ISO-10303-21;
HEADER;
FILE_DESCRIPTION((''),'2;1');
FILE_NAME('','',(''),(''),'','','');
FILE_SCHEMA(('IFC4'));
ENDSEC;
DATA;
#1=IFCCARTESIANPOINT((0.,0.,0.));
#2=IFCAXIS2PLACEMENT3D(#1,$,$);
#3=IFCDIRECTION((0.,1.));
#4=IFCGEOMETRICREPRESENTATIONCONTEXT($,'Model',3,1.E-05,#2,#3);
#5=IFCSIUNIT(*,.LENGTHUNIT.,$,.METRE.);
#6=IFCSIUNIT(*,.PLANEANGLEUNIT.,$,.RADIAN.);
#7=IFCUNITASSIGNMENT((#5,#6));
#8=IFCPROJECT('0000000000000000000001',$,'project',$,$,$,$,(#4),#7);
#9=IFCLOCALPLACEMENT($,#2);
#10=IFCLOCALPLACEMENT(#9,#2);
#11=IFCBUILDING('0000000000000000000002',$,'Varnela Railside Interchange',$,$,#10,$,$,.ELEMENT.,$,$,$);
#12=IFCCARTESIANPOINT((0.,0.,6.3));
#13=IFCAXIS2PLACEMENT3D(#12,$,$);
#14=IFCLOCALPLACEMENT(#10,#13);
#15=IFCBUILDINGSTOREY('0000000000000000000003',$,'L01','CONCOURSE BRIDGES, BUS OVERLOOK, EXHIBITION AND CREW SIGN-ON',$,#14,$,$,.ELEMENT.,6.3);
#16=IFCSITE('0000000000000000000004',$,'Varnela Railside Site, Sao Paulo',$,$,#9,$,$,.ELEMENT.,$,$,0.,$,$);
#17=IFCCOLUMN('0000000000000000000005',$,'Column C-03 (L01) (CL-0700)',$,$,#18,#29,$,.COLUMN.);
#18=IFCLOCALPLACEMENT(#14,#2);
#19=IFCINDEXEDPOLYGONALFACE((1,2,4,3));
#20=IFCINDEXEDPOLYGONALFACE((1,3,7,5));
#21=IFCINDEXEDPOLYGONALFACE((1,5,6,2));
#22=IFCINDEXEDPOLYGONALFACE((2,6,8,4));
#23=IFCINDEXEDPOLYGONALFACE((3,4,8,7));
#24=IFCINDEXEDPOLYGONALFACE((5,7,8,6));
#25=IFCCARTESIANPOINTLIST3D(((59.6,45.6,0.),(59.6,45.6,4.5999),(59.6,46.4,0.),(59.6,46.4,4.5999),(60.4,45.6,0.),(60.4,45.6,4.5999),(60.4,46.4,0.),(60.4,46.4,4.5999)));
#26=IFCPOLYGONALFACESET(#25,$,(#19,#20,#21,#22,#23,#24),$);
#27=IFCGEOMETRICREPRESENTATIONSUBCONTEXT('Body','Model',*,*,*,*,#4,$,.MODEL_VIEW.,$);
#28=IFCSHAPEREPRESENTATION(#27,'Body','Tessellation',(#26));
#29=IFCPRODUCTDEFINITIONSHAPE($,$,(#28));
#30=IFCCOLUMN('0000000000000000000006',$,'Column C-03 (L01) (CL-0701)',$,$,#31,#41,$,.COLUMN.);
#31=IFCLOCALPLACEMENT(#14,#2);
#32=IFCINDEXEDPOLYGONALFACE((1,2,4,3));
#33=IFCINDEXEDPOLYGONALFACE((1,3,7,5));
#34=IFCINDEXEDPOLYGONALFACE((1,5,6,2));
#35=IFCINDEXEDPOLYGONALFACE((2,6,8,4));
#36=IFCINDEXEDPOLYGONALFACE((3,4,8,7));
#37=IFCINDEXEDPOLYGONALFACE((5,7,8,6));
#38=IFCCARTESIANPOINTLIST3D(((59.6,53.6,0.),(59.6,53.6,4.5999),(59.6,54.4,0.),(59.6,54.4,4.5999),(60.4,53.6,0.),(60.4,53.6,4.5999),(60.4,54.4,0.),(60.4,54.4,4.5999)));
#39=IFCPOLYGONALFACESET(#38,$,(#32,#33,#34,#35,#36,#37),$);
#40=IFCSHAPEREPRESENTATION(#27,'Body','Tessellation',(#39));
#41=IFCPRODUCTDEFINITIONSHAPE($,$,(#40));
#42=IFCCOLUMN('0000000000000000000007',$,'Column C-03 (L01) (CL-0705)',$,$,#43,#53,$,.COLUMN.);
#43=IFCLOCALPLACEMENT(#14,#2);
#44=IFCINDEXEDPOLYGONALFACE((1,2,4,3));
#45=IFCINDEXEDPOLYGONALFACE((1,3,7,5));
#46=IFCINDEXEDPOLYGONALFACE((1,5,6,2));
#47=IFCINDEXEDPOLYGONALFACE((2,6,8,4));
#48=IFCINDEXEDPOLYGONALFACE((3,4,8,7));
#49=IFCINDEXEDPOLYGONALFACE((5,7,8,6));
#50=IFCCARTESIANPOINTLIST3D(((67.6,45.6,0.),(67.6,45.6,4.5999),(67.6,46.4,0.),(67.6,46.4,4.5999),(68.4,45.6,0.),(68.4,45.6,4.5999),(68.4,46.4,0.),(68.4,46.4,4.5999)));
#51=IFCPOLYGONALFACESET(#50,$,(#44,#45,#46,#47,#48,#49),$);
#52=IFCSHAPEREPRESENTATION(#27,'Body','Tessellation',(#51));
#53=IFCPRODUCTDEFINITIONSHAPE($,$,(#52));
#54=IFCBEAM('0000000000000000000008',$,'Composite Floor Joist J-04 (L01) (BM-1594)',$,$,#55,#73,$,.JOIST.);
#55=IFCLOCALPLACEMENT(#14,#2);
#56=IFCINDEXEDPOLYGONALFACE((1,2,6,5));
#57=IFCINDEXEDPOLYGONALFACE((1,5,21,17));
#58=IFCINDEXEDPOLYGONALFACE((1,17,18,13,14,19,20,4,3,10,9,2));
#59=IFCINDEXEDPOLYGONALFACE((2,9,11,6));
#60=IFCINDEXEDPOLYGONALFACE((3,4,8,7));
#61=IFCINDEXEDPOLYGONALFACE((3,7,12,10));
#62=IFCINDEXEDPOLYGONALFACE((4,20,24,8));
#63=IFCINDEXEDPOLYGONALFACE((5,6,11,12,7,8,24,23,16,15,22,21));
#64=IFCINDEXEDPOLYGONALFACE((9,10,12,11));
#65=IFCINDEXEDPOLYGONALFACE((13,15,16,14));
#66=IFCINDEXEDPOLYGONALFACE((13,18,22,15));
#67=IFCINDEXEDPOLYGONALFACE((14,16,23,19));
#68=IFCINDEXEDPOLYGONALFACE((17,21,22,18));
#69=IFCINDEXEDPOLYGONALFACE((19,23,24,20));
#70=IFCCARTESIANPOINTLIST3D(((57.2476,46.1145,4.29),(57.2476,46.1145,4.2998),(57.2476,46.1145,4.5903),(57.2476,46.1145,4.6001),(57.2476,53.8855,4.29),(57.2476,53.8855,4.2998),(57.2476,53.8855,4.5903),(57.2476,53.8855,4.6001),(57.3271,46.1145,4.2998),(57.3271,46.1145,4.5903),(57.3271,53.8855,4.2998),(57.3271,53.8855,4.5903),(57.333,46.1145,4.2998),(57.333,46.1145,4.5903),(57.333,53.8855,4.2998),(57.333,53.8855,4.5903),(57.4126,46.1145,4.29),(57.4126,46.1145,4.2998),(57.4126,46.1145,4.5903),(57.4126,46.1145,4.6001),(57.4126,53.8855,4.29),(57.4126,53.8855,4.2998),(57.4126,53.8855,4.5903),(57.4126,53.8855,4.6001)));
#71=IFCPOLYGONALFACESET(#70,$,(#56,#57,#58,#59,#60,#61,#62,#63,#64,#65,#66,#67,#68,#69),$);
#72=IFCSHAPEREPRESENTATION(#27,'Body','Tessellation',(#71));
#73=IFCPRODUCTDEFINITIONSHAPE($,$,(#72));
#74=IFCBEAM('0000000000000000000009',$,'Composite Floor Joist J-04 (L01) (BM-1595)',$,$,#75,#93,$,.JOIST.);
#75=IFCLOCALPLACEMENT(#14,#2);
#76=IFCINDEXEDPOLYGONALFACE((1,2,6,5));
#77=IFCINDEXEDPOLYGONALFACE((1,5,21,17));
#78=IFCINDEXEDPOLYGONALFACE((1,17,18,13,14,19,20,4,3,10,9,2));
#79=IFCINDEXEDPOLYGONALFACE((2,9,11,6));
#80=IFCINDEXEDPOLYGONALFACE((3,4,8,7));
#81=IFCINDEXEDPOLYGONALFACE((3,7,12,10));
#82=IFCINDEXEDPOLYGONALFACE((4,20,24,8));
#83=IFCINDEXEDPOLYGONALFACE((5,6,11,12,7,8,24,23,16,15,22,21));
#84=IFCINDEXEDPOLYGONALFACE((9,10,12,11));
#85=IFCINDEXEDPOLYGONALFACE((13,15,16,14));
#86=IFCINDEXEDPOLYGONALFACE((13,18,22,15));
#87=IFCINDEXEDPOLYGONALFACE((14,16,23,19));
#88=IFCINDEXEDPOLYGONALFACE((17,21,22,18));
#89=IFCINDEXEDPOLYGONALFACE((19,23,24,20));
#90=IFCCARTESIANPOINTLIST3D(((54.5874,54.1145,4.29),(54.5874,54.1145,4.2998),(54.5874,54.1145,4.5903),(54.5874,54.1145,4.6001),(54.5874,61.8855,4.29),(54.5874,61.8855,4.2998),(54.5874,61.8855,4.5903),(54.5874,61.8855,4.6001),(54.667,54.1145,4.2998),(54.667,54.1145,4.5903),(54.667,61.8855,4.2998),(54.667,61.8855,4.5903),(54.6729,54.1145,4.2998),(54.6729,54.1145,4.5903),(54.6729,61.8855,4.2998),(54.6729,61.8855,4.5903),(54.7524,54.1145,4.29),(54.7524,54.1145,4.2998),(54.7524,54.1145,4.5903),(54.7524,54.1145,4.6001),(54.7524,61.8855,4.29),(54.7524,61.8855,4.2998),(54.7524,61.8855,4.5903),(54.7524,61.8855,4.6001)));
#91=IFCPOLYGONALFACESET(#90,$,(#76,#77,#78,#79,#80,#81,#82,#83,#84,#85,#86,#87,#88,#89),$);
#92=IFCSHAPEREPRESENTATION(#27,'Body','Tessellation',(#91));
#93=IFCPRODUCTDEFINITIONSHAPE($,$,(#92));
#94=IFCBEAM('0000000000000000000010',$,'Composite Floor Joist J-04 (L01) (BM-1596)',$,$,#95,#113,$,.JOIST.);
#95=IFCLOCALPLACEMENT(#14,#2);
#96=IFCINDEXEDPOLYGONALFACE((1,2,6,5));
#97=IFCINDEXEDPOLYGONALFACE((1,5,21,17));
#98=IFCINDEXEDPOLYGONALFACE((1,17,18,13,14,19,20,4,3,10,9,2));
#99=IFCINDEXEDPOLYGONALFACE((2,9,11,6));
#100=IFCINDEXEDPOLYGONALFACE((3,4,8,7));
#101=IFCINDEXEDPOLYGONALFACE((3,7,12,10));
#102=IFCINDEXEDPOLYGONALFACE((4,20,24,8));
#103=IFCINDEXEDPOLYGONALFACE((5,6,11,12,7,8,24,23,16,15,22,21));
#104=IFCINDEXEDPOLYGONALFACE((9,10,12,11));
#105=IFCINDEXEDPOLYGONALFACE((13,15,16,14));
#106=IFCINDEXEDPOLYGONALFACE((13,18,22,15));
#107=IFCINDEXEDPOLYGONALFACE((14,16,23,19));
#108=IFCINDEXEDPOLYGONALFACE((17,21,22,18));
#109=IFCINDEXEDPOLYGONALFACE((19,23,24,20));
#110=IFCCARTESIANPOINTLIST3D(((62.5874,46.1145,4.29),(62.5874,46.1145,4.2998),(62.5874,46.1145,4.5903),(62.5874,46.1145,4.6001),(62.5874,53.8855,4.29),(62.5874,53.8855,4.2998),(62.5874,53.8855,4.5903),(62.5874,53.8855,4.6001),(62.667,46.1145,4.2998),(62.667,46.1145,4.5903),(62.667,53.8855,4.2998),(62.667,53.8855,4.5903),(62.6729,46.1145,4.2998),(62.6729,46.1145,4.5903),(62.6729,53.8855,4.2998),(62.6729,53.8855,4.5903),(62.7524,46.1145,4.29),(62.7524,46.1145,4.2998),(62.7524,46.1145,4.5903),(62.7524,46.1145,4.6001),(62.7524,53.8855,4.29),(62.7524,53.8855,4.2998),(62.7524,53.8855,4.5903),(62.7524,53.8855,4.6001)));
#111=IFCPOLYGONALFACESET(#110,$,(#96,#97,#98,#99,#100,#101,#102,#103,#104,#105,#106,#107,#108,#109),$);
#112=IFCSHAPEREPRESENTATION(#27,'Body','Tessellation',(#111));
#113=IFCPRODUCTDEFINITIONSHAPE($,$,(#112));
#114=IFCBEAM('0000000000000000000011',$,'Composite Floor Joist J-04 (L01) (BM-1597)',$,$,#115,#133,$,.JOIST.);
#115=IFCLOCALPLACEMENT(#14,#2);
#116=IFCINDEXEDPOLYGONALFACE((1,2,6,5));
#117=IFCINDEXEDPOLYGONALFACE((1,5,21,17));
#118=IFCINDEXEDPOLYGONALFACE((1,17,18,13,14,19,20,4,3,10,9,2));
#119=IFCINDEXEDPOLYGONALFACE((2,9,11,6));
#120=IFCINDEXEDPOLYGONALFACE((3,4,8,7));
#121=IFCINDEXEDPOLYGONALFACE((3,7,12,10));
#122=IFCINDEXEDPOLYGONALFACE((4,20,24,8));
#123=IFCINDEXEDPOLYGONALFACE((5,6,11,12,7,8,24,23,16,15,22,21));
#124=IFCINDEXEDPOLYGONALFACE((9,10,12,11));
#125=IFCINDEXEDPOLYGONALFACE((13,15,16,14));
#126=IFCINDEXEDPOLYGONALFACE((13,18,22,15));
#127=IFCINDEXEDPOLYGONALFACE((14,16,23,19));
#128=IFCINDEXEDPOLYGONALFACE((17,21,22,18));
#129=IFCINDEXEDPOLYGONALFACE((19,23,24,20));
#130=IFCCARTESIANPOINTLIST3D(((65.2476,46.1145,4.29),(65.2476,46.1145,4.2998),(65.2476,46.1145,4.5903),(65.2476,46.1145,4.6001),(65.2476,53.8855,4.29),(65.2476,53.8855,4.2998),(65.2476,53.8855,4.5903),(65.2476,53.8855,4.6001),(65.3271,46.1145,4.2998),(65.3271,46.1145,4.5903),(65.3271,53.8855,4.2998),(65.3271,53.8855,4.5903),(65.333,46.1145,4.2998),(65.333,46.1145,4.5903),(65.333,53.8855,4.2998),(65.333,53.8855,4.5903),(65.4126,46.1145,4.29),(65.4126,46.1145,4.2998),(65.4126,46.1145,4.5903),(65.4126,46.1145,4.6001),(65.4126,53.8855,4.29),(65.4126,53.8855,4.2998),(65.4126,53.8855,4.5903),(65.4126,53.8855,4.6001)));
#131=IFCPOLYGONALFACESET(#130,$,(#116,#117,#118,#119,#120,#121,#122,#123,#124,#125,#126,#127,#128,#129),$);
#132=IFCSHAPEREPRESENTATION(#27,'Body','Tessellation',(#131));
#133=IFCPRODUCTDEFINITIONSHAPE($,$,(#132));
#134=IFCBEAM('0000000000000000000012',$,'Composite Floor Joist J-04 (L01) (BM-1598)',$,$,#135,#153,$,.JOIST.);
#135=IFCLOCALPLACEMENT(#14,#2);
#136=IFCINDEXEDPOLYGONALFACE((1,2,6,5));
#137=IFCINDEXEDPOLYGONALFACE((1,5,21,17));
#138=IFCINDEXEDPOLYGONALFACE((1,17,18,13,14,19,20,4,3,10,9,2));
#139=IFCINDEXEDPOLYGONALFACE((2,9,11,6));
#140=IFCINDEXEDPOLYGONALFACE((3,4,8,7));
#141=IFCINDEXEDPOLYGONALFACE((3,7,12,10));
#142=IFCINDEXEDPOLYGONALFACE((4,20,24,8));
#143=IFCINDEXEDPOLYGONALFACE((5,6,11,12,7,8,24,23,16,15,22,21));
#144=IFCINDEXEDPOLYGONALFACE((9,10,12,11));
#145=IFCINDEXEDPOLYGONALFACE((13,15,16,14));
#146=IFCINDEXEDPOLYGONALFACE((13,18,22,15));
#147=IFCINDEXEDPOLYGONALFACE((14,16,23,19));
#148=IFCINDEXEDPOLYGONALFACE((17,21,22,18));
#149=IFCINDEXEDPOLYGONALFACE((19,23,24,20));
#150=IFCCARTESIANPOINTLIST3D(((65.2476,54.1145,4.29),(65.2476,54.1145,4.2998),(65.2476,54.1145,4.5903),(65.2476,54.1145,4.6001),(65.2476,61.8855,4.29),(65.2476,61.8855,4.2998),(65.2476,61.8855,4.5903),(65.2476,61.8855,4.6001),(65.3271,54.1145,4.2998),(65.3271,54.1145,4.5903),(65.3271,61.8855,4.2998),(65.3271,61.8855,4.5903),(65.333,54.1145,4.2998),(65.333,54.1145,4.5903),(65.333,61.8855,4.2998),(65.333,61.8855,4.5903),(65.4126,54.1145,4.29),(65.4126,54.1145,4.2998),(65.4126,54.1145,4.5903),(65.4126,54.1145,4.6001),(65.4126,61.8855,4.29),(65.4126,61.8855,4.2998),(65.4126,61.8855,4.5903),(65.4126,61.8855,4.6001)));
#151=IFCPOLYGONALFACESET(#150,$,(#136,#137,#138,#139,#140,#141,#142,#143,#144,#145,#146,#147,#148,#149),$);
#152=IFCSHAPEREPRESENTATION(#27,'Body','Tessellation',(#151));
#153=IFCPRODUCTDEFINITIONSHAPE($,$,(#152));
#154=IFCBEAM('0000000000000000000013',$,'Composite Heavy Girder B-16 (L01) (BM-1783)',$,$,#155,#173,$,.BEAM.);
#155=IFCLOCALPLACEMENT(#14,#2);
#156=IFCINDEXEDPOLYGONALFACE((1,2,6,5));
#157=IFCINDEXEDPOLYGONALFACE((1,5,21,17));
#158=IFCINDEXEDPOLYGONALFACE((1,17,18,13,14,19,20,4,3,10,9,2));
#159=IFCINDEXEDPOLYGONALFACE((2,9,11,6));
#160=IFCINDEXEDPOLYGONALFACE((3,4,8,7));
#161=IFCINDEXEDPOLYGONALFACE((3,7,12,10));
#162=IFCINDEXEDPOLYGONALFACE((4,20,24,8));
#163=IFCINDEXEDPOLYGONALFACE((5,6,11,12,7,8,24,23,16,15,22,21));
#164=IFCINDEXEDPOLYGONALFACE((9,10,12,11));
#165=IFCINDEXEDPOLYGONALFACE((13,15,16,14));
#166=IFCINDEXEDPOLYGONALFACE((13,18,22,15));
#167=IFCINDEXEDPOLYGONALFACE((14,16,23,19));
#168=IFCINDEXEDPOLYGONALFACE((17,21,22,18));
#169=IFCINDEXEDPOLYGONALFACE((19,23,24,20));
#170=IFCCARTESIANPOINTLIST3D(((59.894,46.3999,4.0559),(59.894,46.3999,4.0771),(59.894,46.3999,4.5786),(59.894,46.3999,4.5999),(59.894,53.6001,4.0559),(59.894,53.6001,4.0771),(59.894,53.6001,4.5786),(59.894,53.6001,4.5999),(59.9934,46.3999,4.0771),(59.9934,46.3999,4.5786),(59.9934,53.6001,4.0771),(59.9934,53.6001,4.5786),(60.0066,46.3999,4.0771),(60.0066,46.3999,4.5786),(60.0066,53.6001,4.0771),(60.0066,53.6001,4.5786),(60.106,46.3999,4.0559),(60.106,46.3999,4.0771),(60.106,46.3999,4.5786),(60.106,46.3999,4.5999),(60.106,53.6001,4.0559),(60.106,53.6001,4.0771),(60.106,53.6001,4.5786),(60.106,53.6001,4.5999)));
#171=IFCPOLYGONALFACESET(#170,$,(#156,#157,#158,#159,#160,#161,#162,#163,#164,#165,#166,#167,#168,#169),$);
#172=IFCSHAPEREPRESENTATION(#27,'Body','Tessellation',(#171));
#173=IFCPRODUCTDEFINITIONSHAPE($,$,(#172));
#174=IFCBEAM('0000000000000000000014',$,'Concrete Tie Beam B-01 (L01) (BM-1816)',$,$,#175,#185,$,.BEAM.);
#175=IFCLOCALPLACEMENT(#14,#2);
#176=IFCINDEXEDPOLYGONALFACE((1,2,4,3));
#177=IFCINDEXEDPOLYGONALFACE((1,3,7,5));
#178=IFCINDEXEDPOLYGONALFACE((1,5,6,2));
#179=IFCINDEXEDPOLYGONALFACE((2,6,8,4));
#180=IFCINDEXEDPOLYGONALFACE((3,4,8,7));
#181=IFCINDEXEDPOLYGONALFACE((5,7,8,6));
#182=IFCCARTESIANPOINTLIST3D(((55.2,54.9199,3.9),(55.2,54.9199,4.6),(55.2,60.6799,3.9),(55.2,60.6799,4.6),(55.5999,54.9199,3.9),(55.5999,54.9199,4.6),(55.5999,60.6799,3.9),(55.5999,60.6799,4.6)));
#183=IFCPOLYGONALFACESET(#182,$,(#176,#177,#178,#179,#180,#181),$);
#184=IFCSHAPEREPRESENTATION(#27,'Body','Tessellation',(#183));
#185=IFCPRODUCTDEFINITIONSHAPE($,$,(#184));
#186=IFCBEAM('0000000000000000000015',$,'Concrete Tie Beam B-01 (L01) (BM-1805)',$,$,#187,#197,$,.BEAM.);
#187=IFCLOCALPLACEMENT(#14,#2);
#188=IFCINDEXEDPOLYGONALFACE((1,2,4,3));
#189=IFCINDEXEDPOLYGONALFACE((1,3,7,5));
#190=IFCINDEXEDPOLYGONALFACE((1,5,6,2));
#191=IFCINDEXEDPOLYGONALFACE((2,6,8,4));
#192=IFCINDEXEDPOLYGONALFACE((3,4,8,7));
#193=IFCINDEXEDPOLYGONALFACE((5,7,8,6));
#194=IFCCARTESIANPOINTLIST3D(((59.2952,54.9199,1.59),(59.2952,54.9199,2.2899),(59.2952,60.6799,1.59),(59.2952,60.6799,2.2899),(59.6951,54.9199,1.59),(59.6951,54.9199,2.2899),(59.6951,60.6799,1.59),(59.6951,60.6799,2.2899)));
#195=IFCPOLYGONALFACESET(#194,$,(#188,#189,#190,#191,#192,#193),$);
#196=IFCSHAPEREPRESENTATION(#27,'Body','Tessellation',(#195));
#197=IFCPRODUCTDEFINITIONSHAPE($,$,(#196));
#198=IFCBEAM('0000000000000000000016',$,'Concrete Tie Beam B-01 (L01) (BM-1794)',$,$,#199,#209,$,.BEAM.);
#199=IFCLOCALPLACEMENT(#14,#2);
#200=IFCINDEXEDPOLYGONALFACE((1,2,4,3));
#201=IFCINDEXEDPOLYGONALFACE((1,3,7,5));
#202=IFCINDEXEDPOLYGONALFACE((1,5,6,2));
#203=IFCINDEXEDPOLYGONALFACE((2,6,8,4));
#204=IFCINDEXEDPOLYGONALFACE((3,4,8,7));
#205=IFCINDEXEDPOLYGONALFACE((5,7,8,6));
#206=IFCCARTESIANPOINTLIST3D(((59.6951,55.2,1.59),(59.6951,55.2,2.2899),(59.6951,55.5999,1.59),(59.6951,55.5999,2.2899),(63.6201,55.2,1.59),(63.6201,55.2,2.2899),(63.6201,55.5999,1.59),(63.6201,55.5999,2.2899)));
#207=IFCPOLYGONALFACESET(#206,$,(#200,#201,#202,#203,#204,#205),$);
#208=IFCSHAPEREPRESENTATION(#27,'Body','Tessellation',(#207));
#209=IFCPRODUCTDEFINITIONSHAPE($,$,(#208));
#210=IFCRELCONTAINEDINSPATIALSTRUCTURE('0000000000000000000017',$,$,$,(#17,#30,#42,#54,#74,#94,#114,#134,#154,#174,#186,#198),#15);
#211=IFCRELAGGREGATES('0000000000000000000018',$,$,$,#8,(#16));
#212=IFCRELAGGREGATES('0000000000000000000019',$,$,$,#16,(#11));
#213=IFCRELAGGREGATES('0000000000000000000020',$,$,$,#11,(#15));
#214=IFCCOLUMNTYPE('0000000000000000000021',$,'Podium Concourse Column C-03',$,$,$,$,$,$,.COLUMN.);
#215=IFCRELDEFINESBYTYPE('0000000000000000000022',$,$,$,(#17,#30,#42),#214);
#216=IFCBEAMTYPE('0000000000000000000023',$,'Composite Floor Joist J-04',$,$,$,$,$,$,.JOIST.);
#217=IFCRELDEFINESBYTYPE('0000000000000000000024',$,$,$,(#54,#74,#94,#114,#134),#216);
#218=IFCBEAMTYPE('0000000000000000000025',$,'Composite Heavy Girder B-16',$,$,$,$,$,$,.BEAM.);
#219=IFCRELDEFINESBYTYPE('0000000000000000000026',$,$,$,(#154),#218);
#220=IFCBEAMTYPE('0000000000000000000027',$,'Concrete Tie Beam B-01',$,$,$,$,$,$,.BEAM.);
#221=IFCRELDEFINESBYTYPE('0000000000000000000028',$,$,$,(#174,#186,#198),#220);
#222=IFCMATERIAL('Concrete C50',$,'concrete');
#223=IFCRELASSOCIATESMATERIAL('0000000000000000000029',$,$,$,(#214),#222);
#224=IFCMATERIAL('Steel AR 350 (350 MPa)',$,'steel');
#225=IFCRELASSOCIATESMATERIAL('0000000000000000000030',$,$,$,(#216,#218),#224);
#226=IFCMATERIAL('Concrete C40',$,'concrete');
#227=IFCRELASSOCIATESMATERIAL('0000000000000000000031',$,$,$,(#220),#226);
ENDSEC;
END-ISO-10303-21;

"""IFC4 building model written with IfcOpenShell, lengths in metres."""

from ifc_helpers import new_model, si_unit, direction, frame, origin, origin_2d, place, context, subcontext, project, spatial, rectangle, i_section, extrude, material, material_profile, profile_set, type_object, element, save


model = new_model("IFC4")

# Units and contexts
model_context = context("Model", 3, precision=1e-05, world=origin(), true_north=direction((0.0, 1.0)))
body_context = subcontext(model_context, "Body", "Model", "MODEL_VIEW")
ifc_project = project(units=[si_unit("LENGTHUNIT", "METRE"), si_unit("PLANEANGLEUNIT", "RADIAN")], contexts=[model_context])

# Site, building, storey
site_placement = place(None, origin())
site = spatial("IfcSite", under=ifc_project, at=site_placement, Name="Varnela Railside Site, Sao Paulo", CompositionType="ELEMENT", RefElevation=0.0)
building_placement = place(site_placement, origin())
building = spatial("IfcBuilding", under=site, at=building_placement, Name="Varnela Railside Interchange", CompositionType="ELEMENT")
storey_placement = place(building_placement, frame((0.0, 0.0, 6.3)))
storey = spatial("IfcBuildingStorey", under=building, at=storey_placement, Name="L01", Description="CONCOURSE BRIDGES, BUS OVERLOOK, EXHIBITION AND CREW SIGN-ON", CompositionType="ELEMENT", Elevation=6.3)

# Columns
ifc_material_1 = material(Name="Concrete C50", Category="concrete")
ifc_material_profile_1 = material_profile(ifc_material_1, rectangle(XDim=0.8, YDim=0.8, at=origin_2d()), Name="RC 800x800")
ifc_profile_set_1 = profile_set([ifc_material_profile_1], Name="Concrete C50")
column_type = type_object("IfcColumnType", Name="Podium Concourse Column C-03", PredefinedType="COLUMN", material=ifc_profile_set_1)
for number, where, z_axis, x_axis, name in (
    (1, (60.0, 46.0, 0.0), (0.0, 0.0, 1.0), (1.0, 0.0, 0.0), "Column C-03 (L01) (CL-0700)"),
    (2, (60.0, 54.0, 0.0), (0.0, 0.0, 1.0), (1.0, 0.0, 0.0), "Column C-03 (L01) (CL-0701)"),
    (3, (68.0, 46.0, 0.0), (0.0, 0.0, 1.0), (1.0, 0.0, 0.0), "Column C-03 (L01) (CL-0705)"),
):
    element("IfcColumn", number, at=place(storey_placement, frame(where, z_axis=z_axis, x_axis=x_axis)), inside=storey, type_object=column_type, Name=name, PredefinedType="COLUMN", context=body_context, shape_type="SweptSolid", body=[
        extrude(rectangle(XDim=0.8, YDim=0.8, at=origin_2d()), origin(), (0.0, 0.0, 1.0), 4.5999),
    ])

# Beams
ifc_material_2 = material(Name="Steel AR 350 (350 MPa)", Category="steel")
ifc_material_profile_2 = material_profile(ifc_material_2, i_section(OverallWidth=0.165, OverallDepth=0.3101, WebThickness=0.0059, FlangeThickness=0.0098, at=origin_2d()), Name="W310x38.7")
ifc_profile_set_2 = profile_set([ifc_material_profile_2], Name="Steel AR 350 (350 MPa)")
beam_type_1 = type_object("IfcBeamType", Name="Composite Floor Joist J-04", PredefinedType="JOIST", material=ifc_profile_set_2)
for number, where, z_axis, x_axis, name in (
    (4, (57.3301, 46.1145, 4.4451), (0.0, 1.0, 0.0), (-1.0, 0.0, 0.0), "Composite Floor Joist J-04 (L01) (BM-1594)"),
    (5, (54.6699, 54.1145, 4.4451), (0.0, 1.0, 0.0), (-1.0, 0.0, 0.0), "Composite Floor Joist J-04 (L01) (BM-1595)"),
    (6, (62.6699, 46.1145, 4.4451), (0.0, 1.0, 0.0), (-1.0, 0.0, 0.0), "Composite Floor Joist J-04 (L01) (BM-1596)"),
    (7, (65.3301, 46.1145, 4.4451), (0.0, 1.0, 0.0), (-1.0, 0.0, 0.0), "Composite Floor Joist J-04 (L01) (BM-1597)"),
    (8, (65.3301, 54.1145, 4.4451), (0.0, 1.0, 0.0), (-1.0, 0.0, 0.0), "Composite Floor Joist J-04 (L01) (BM-1598)"),
):
    element("IfcBeam", number, at=place(storey_placement, frame(where, z_axis=z_axis, x_axis=x_axis)), inside=storey, type_object=beam_type_1, Name=name, PredefinedType="JOIST", context=body_context, shape_type="SweptSolid", body=[
        extrude(i_section(OverallWidth=0.165, OverallDepth=0.3101, WebThickness=0.0059, FlangeThickness=0.0098, at=origin_2d()), origin(), (0.0, 0.0, 1.0), 7.771),
    ])
ifc_material_profile_3 = material_profile(ifc_material_2, i_section(OverallWidth=0.2119, OverallDepth=0.5439, WebThickness=0.0132, FlangeThickness=0.0212, at=origin_2d()), Name="W530x123")
ifc_profile_set_3 = profile_set([ifc_material_profile_3], Name="Steel AR 350 (350 MPa)")
beam_type_2 = type_object("IfcBeamType", Name="Composite Heavy Girder B-16", PredefinedType="BEAM", material=ifc_profile_set_3)
beam_1_placement = place(storey_placement, frame((60.0, 46.3999, 4.3279), z_axis=(0.0, 1.0, 0.0), x_axis=(-1.0, 0.0, 0.0)))
element("IfcBeam", 9, at=beam_1_placement, inside=storey, type_object=beam_type_2, Name="Composite Heavy Girder B-16 (L01) (BM-1783)", PredefinedType="BEAM", context=body_context, shape_type="SweptSolid", body=[
    extrude(i_section(OverallWidth=0.2119, OverallDepth=0.5439, WebThickness=0.0132, FlangeThickness=0.0212, at=origin_2d()), origin(), (0.0, 0.0, 1.0), 7.2002),
])
ifc_material_3 = material(Name="Concrete C40", Category="concrete")
ifc_material_profile_4 = material_profile(ifc_material_3, rectangle(XDim=0.3999, YDim=0.7, at=origin_2d()), Name="RC 400x700")
ifc_profile_set_4 = profile_set([ifc_material_profile_4], Name="Concrete C40")
beam_type_3 = type_object("IfcBeamType", Name="Concrete Tie Beam B-01", PredefinedType="BEAM", material=ifc_profile_set_4)
for number, where, z_axis, x_axis, name in (
    (10, (55.3999, 54.9199, 4.25), (0.0, 1.0, 0.0), (-1.0, 0.0, 0.0), "Concrete Tie Beam B-01 (L01) (BM-1816)"),
    (11, (59.4951, 54.9199, 1.9399), (0.0, 1.0, 0.0), (-1.0, 0.0, 0.0), "Concrete Tie Beam B-01 (L01) (BM-1805)"),
):
    element("IfcBeam", number, at=place(storey_placement, frame(where, z_axis=z_axis, x_axis=x_axis)), inside=storey, type_object=beam_type_3, Name=name, PredefinedType="BEAM", context=body_context, shape_type="SweptSolid", body=[
        extrude(rectangle(XDim=0.3999, YDim=0.7, at=origin_2d()), origin(), (0.0, 0.0, 1.0), 5.76),
    ])
beam_2_placement = place(storey_placement, frame((59.6951, 55.3999, 1.9399), z_axis=(1.0, 0.0, 0.0), x_axis=(0.0, 1.0, 0.0)))
element("IfcBeam", 12, at=beam_2_placement, inside=storey, type_object=beam_type_3, Name="Concrete Tie Beam B-01 (L01) (BM-1794)", PredefinedType="BEAM", context=body_context, shape_type="SweptSolid", body=[
    extrude(rectangle(XDim=0.3999, YDim=0.7, at=origin_2d()), origin(), (0.0, 0.0, 1.0), 3.925),
])

save(model, "model.ifc")
